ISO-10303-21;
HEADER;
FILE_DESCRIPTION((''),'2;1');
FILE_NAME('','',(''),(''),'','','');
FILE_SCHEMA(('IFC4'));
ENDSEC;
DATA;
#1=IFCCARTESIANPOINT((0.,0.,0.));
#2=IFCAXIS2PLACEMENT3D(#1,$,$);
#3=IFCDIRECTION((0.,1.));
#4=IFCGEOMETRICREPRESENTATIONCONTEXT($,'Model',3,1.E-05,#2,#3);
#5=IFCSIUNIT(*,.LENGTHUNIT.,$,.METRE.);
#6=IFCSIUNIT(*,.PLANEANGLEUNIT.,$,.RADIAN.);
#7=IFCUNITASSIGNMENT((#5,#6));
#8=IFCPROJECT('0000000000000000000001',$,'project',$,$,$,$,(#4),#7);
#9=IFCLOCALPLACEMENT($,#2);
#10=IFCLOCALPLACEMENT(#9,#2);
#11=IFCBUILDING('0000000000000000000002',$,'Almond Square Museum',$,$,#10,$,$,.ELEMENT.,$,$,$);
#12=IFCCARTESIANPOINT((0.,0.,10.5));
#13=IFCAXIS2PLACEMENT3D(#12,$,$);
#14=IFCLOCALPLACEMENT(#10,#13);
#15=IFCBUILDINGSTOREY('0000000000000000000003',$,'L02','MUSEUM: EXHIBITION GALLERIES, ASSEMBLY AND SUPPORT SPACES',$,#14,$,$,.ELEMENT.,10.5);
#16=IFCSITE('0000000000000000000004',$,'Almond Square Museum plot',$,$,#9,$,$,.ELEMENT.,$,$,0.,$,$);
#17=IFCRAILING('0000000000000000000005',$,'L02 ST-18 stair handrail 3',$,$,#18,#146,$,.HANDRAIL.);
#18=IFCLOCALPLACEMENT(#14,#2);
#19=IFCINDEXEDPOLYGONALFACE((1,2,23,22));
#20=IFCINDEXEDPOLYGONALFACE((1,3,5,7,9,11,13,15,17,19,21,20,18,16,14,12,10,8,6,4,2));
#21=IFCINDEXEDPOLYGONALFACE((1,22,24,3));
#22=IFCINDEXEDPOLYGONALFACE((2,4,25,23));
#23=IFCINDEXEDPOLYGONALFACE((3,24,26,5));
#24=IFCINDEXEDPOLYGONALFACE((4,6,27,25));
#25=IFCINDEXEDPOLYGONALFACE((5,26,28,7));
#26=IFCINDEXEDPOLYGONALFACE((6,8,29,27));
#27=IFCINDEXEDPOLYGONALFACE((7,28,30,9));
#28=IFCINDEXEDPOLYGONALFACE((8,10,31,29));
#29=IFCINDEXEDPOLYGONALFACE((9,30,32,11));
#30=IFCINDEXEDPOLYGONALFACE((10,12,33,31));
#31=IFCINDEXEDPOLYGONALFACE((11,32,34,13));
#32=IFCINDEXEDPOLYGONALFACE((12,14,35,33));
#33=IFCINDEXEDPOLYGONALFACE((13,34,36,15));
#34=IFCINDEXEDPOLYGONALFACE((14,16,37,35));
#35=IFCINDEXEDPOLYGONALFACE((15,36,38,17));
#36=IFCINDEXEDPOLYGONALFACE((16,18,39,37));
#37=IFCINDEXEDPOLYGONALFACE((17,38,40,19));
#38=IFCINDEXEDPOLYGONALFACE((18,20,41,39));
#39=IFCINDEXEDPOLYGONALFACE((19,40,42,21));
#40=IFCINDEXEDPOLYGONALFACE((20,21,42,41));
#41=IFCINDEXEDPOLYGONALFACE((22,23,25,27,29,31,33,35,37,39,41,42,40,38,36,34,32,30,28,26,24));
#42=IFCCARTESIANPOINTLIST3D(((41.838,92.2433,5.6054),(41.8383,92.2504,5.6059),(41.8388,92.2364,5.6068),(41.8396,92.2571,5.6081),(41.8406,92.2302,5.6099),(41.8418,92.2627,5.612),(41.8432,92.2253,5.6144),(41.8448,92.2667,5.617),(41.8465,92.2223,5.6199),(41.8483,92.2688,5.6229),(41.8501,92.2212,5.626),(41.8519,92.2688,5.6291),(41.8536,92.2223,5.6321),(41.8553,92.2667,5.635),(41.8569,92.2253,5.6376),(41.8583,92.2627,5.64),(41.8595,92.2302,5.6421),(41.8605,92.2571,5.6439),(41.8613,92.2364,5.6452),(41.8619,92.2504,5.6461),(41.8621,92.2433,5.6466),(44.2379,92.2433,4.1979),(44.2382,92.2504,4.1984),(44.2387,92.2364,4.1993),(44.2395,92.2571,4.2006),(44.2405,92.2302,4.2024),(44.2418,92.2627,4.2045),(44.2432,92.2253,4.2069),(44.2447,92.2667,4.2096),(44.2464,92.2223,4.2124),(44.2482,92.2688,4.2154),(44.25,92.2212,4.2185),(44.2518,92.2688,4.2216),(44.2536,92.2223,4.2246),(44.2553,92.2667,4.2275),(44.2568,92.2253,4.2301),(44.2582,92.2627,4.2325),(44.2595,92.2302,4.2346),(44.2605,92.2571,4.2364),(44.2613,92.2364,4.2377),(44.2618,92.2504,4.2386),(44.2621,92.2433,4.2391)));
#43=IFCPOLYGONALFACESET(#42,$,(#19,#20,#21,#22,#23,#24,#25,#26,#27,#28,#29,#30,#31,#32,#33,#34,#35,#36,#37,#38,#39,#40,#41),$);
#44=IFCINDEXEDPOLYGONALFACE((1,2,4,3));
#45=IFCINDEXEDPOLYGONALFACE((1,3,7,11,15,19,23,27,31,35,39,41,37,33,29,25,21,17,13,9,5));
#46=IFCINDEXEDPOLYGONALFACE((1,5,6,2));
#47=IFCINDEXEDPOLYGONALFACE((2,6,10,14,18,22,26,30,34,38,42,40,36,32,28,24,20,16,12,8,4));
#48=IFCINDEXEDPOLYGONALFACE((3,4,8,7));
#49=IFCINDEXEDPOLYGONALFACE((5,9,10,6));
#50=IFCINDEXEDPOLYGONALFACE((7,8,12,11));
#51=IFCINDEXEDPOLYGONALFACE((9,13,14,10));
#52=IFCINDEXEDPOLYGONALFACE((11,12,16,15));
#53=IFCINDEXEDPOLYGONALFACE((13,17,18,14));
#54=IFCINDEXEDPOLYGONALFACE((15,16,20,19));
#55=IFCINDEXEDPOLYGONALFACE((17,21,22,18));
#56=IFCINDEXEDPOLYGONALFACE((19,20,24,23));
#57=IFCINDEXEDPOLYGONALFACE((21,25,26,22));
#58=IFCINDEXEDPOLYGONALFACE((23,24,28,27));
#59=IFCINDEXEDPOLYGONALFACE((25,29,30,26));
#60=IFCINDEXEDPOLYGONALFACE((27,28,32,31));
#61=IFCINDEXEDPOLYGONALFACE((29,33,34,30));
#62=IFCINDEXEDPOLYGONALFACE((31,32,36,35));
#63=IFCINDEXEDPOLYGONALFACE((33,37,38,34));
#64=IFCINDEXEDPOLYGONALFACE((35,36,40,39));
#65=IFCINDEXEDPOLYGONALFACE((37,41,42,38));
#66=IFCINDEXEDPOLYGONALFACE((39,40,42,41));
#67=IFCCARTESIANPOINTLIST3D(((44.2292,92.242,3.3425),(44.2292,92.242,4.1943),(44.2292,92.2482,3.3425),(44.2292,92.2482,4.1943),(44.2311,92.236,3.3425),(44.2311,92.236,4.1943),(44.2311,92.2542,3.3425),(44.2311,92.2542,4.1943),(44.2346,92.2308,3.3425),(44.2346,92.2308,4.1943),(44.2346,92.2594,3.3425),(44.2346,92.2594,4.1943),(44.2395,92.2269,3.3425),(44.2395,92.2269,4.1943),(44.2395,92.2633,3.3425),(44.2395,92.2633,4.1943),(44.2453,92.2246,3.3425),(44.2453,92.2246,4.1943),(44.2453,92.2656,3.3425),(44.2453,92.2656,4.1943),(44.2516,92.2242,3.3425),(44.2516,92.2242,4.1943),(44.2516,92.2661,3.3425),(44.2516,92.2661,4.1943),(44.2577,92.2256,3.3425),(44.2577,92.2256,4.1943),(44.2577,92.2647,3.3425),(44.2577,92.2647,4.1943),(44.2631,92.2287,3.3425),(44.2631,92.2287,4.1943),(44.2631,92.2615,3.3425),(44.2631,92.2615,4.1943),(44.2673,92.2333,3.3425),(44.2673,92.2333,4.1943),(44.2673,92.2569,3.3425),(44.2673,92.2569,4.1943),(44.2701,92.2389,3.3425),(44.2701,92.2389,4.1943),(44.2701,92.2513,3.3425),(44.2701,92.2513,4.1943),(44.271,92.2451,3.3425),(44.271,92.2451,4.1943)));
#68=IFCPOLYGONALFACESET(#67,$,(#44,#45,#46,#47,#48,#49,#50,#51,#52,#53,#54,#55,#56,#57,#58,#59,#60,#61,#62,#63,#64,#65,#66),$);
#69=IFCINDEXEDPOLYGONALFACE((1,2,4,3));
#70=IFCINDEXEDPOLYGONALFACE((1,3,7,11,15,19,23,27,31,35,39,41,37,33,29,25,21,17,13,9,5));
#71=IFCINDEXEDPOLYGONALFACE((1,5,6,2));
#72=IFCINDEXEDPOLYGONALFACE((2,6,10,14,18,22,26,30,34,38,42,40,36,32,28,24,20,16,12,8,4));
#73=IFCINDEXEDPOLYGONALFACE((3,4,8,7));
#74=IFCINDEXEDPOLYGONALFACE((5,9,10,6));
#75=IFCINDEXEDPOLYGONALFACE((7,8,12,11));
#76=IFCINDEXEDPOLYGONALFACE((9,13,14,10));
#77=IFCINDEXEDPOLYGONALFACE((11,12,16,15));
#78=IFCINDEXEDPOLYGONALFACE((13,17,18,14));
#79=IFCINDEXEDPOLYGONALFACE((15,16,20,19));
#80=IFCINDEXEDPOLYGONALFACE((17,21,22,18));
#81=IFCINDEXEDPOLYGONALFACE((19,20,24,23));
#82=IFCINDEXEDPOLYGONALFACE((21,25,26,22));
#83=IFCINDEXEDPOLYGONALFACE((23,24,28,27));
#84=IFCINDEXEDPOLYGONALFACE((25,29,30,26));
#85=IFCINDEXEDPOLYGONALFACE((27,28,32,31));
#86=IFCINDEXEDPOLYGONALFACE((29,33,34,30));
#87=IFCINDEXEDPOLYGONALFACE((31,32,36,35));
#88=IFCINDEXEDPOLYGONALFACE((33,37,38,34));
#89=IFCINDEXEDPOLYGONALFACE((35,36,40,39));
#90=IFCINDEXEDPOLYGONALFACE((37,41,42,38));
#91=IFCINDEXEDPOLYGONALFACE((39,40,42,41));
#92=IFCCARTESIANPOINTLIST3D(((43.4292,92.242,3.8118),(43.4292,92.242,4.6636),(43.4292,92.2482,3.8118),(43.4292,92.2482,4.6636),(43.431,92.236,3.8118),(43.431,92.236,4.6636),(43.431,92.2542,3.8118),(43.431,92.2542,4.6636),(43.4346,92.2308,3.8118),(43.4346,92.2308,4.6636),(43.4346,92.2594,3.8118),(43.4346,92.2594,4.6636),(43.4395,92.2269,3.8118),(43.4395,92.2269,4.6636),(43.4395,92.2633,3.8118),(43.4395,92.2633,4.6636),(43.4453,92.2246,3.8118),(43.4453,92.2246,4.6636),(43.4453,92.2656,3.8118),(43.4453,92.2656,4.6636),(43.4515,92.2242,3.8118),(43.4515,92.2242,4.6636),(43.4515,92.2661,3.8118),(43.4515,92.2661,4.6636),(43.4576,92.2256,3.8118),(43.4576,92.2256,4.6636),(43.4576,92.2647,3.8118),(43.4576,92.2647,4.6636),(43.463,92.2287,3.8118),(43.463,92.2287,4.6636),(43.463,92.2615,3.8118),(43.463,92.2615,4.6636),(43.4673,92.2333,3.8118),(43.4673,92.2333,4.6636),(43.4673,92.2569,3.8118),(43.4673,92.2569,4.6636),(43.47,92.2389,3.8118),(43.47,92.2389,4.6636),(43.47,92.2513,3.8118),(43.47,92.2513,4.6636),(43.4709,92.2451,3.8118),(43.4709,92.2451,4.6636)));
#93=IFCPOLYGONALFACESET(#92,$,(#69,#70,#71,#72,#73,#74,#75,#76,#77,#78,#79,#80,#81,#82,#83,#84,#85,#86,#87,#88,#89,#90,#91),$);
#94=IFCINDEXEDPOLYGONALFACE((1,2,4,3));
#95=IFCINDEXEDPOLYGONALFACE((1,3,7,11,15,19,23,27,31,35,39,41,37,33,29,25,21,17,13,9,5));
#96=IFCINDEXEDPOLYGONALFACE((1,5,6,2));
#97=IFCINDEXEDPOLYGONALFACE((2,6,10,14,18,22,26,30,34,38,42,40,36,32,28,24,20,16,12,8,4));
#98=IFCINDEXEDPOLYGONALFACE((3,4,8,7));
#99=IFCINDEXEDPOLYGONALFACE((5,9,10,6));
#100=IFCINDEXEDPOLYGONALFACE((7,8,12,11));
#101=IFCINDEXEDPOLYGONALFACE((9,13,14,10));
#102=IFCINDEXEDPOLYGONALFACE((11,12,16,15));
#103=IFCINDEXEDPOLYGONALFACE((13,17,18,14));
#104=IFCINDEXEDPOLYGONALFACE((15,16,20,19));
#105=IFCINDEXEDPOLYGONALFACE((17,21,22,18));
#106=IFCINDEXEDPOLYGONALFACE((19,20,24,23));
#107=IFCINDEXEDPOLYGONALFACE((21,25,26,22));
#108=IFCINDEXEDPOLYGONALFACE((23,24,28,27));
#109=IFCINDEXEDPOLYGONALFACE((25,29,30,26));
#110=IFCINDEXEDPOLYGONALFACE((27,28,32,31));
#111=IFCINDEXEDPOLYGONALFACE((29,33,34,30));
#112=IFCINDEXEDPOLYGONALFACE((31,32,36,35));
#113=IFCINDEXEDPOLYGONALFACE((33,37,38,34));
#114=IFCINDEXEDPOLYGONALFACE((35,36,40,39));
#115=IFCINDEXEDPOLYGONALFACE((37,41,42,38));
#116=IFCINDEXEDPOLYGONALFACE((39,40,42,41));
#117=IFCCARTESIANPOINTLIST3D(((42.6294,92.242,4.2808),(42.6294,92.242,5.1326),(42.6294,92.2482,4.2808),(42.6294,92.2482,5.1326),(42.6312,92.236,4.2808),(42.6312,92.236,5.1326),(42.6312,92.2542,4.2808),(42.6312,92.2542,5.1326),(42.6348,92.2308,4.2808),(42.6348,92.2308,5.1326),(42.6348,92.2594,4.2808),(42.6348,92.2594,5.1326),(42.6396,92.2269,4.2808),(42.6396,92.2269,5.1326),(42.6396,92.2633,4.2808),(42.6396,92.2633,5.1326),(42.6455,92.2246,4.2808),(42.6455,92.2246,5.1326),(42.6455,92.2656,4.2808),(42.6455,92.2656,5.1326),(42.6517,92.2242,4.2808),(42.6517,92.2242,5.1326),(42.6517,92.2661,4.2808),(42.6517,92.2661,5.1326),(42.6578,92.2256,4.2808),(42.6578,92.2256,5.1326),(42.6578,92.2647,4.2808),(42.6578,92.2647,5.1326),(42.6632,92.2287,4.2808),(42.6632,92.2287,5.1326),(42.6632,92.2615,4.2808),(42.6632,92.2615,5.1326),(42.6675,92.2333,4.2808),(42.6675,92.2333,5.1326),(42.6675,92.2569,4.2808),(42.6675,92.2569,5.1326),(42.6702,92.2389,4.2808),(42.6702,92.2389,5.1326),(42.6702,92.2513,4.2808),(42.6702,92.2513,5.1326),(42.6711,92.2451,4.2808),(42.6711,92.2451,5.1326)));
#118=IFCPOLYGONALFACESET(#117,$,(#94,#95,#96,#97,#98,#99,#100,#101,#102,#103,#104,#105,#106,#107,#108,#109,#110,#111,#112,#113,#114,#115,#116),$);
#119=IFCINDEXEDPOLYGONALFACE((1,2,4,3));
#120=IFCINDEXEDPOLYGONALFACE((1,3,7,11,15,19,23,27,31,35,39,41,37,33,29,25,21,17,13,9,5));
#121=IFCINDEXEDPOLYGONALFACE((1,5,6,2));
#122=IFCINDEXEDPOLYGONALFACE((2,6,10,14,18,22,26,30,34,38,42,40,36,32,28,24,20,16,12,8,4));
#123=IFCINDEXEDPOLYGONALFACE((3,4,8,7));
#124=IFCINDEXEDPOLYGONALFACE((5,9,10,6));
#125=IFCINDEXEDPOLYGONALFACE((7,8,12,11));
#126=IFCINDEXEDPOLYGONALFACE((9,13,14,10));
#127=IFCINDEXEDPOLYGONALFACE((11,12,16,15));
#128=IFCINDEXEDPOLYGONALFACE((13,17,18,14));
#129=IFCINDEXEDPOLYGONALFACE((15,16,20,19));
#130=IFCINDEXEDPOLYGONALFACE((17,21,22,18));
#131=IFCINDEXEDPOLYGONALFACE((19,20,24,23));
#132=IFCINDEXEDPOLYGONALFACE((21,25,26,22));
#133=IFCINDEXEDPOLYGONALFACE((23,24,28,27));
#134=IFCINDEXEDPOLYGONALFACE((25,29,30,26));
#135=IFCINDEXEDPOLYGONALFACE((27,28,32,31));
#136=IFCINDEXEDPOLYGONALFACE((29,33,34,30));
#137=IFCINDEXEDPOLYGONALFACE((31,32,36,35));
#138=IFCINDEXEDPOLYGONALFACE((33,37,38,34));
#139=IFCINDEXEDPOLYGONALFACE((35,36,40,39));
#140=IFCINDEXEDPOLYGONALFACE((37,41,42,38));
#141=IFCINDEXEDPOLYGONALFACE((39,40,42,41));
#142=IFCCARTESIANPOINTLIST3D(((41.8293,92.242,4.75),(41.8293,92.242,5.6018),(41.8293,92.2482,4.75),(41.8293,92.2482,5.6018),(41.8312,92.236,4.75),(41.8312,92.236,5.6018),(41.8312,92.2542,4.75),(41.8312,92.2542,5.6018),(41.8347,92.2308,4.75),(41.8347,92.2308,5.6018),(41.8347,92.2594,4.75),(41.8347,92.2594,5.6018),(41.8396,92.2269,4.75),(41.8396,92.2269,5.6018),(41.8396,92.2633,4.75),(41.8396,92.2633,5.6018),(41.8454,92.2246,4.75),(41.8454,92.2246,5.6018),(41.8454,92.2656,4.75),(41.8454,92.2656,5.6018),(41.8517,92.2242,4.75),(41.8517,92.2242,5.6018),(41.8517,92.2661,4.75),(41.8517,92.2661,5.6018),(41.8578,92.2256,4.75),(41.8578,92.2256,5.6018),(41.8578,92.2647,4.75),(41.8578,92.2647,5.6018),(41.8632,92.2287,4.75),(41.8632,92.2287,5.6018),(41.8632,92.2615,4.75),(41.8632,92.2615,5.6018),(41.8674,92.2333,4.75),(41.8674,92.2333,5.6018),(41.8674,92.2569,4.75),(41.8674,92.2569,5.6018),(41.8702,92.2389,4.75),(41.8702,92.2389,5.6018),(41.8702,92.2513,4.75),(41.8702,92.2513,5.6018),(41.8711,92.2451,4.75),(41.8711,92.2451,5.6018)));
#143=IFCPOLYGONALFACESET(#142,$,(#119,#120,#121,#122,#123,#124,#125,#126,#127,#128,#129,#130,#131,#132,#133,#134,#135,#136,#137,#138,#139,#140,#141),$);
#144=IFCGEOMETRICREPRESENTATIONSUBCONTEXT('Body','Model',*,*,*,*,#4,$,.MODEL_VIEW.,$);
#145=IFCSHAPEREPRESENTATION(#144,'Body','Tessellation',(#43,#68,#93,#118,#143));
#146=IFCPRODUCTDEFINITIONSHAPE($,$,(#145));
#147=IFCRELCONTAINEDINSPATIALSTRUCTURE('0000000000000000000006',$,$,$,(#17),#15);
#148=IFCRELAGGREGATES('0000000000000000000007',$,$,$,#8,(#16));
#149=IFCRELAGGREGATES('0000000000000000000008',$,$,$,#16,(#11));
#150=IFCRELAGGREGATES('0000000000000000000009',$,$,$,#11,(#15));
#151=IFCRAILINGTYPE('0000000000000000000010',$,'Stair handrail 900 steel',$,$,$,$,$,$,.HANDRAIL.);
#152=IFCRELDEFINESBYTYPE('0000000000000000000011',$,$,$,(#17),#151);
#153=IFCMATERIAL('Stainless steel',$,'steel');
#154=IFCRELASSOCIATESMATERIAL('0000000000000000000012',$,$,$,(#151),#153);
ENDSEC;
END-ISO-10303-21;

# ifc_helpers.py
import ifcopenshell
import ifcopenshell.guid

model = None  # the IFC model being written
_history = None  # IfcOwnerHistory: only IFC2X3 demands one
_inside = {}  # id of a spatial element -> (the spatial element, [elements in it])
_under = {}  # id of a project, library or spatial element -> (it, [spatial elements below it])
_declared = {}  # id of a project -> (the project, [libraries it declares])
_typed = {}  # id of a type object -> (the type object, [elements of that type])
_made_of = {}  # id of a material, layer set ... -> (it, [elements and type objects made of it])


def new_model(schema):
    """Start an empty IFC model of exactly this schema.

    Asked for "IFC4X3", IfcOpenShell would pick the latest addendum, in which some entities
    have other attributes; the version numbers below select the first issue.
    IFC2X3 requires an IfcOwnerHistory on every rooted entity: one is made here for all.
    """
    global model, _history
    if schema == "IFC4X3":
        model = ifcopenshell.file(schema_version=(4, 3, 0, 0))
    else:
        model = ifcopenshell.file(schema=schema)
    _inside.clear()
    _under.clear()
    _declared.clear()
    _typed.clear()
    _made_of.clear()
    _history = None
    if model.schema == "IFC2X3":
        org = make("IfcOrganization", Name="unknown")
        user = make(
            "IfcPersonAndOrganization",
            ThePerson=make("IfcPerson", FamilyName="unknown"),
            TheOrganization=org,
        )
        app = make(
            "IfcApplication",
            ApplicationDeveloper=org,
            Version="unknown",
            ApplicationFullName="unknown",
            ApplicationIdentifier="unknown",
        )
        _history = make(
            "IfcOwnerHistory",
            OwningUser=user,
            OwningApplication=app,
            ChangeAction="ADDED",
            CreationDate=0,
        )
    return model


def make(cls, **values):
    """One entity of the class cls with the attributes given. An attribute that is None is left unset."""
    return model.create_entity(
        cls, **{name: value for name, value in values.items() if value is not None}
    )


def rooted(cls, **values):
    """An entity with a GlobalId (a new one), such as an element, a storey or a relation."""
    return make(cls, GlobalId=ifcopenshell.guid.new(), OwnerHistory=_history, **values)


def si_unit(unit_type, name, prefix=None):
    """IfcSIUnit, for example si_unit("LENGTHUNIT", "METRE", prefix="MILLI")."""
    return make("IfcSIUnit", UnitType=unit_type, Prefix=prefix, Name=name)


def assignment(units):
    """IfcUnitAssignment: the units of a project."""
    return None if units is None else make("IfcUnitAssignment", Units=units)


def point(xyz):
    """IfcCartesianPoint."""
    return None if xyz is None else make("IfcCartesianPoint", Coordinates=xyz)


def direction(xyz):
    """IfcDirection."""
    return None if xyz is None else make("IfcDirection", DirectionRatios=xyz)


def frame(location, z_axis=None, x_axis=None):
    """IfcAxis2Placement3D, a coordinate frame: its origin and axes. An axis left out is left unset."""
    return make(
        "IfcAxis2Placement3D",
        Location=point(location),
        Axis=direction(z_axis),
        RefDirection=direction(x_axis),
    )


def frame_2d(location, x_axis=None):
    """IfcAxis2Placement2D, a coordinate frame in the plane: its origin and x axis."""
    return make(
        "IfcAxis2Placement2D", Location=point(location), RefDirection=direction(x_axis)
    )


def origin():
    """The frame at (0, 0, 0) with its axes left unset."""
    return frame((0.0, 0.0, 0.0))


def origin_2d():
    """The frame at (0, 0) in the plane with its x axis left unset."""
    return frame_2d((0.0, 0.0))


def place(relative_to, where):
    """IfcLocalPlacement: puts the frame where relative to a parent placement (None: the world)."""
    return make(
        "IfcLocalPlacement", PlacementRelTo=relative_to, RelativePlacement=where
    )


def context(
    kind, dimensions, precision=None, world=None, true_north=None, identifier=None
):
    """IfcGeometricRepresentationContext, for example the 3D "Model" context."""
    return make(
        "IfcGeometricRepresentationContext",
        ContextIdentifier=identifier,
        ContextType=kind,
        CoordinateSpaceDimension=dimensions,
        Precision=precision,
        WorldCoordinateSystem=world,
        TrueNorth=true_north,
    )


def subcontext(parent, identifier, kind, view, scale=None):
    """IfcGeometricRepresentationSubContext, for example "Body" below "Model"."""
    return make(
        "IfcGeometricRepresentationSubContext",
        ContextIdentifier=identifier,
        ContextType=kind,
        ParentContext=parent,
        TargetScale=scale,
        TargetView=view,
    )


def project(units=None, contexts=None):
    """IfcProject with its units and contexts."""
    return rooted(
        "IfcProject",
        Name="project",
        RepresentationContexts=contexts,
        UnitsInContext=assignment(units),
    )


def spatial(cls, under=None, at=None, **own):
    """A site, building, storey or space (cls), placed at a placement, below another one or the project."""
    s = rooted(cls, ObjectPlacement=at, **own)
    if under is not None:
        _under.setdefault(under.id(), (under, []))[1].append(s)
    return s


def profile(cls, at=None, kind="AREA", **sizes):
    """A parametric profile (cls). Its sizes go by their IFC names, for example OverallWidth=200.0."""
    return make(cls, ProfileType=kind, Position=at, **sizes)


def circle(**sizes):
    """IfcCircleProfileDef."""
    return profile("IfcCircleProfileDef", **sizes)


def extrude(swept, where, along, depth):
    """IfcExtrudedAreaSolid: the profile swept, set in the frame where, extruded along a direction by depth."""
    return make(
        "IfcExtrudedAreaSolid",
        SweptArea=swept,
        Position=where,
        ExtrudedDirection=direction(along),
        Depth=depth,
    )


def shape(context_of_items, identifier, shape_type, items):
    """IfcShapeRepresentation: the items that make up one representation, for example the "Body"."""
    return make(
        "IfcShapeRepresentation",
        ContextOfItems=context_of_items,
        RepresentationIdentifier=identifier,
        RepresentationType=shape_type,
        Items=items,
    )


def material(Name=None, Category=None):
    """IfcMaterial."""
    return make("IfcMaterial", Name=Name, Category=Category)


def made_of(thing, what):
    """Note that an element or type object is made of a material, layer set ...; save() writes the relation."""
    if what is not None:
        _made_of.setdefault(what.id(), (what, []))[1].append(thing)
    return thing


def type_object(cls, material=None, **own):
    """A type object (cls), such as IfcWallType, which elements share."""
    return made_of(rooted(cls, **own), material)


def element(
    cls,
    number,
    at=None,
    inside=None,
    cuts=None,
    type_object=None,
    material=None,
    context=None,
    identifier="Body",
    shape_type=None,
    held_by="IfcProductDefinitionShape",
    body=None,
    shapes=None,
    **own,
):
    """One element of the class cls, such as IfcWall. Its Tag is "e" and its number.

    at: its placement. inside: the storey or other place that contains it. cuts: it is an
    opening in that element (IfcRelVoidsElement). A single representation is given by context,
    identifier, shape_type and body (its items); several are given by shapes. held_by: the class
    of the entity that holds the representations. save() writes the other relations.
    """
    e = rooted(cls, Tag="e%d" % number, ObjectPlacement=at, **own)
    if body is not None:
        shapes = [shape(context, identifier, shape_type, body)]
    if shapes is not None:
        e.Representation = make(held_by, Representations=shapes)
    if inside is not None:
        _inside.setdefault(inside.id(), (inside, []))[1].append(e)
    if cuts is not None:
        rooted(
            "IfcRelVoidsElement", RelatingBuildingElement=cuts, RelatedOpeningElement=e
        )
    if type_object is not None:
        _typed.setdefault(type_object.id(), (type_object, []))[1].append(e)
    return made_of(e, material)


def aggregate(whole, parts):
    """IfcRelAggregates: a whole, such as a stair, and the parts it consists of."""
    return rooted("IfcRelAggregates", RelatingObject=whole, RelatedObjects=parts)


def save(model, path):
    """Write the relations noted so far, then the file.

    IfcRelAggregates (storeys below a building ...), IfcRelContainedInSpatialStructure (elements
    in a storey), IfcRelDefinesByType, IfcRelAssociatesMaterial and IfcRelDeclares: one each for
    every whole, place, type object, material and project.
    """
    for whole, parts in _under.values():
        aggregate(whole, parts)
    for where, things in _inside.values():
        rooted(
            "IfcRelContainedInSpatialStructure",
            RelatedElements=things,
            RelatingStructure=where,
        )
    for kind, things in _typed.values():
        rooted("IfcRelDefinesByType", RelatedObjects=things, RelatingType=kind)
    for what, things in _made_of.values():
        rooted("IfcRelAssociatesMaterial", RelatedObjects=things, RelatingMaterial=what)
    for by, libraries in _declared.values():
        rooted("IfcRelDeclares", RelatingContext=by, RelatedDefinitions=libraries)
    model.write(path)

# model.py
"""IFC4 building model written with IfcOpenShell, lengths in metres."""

from ifc_helpers import new_model, si_unit, direction, frame, origin, origin_2d, place, context, subcontext, project, spatial, circle, extrude, material, type_object, element, save


model = new_model("IFC4")

# Units and contexts
model_context = context("Model", 3, precision=1e-05, world=origin(), true_north=direction((0.0, 1.0)))
body_context = subcontext(model_context, "Body", "Model", "MODEL_VIEW")
ifc_project = project(units=[si_unit("LENGTHUNIT", "METRE"), si_unit("PLANEANGLEUNIT", "RADIAN")], contexts=[model_context])

# Site, building, storey
site_placement = place(None, origin())
site = spatial("IfcSite", under=ifc_project, at=site_placement, Name="Almond Square Museum plot", CompositionType="ELEMENT", RefElevation=0.0)
building_placement = place(site_placement, origin())
building = spatial("IfcBuilding", under=site, at=building_placement, Name="Almond Square Museum", CompositionType="ELEMENT")
storey_placement = place(building_placement, frame((0.0, 0.0, 10.5)))
storey = spatial("IfcBuildingStorey", under=building, at=storey_placement, Name="L02", Description="MUSEUM: EXHIBITION GALLERIES, ASSEMBLY AND SUPPORT SPACES", CompositionType="ELEMENT", Elevation=10.5)

# Railing
ifc_material_1 = material(Name="Stainless steel", Category="steel")
railing_type_1 = type_object("IfcRailingType", Name="Stair handrail 900 steel", PredefinedType="HANDRAIL", material=ifc_material_1)
railing_1_placement = place(storey_placement, frame((44.25, 92.2451, 3.3425)))
element("IfcRailing", 1, at=railing_1_placement, inside=storey, type_object=railing_type_1, Name="L02 ST-18 stair handrail 3", PredefinedType="HANDRAIL", context=body_context, shape_type="SweptSolid", body=[
    extrude(circle(Radius=0.0239, at=origin_2d()), frame((0.0, 0.0, 0.876), z_axis=(-0.862599, 0.0, 0.505888), x_axis=(0.0, -1.0, 0.0)), (0.0, 0.0, 1.0), 2.7822),
    extrude(circle(Radius=0.021, at=origin_2d()), origin(), (0.0, 0.0, 1.0), 0.8518),
    extrude(circle(Radius=0.021, at=origin_2d()), frame((-0.8, 0.0, 0.4692)), (0.0, 0.0, 1.0), 0.8518),
    extrude(circle(Radius=0.021, at=origin_2d()), frame((-1.5999, 0.0, 0.9382)), (0.0, 0.0, 1.0), 0.8518),
    extrude(circle(Radius=0.021, at=origin_2d()), frame((-2.3999, 0.0, 1.4075)), (0.0, 0.0, 1.0), 0.8518),
])

save(model, "model.ifc")
